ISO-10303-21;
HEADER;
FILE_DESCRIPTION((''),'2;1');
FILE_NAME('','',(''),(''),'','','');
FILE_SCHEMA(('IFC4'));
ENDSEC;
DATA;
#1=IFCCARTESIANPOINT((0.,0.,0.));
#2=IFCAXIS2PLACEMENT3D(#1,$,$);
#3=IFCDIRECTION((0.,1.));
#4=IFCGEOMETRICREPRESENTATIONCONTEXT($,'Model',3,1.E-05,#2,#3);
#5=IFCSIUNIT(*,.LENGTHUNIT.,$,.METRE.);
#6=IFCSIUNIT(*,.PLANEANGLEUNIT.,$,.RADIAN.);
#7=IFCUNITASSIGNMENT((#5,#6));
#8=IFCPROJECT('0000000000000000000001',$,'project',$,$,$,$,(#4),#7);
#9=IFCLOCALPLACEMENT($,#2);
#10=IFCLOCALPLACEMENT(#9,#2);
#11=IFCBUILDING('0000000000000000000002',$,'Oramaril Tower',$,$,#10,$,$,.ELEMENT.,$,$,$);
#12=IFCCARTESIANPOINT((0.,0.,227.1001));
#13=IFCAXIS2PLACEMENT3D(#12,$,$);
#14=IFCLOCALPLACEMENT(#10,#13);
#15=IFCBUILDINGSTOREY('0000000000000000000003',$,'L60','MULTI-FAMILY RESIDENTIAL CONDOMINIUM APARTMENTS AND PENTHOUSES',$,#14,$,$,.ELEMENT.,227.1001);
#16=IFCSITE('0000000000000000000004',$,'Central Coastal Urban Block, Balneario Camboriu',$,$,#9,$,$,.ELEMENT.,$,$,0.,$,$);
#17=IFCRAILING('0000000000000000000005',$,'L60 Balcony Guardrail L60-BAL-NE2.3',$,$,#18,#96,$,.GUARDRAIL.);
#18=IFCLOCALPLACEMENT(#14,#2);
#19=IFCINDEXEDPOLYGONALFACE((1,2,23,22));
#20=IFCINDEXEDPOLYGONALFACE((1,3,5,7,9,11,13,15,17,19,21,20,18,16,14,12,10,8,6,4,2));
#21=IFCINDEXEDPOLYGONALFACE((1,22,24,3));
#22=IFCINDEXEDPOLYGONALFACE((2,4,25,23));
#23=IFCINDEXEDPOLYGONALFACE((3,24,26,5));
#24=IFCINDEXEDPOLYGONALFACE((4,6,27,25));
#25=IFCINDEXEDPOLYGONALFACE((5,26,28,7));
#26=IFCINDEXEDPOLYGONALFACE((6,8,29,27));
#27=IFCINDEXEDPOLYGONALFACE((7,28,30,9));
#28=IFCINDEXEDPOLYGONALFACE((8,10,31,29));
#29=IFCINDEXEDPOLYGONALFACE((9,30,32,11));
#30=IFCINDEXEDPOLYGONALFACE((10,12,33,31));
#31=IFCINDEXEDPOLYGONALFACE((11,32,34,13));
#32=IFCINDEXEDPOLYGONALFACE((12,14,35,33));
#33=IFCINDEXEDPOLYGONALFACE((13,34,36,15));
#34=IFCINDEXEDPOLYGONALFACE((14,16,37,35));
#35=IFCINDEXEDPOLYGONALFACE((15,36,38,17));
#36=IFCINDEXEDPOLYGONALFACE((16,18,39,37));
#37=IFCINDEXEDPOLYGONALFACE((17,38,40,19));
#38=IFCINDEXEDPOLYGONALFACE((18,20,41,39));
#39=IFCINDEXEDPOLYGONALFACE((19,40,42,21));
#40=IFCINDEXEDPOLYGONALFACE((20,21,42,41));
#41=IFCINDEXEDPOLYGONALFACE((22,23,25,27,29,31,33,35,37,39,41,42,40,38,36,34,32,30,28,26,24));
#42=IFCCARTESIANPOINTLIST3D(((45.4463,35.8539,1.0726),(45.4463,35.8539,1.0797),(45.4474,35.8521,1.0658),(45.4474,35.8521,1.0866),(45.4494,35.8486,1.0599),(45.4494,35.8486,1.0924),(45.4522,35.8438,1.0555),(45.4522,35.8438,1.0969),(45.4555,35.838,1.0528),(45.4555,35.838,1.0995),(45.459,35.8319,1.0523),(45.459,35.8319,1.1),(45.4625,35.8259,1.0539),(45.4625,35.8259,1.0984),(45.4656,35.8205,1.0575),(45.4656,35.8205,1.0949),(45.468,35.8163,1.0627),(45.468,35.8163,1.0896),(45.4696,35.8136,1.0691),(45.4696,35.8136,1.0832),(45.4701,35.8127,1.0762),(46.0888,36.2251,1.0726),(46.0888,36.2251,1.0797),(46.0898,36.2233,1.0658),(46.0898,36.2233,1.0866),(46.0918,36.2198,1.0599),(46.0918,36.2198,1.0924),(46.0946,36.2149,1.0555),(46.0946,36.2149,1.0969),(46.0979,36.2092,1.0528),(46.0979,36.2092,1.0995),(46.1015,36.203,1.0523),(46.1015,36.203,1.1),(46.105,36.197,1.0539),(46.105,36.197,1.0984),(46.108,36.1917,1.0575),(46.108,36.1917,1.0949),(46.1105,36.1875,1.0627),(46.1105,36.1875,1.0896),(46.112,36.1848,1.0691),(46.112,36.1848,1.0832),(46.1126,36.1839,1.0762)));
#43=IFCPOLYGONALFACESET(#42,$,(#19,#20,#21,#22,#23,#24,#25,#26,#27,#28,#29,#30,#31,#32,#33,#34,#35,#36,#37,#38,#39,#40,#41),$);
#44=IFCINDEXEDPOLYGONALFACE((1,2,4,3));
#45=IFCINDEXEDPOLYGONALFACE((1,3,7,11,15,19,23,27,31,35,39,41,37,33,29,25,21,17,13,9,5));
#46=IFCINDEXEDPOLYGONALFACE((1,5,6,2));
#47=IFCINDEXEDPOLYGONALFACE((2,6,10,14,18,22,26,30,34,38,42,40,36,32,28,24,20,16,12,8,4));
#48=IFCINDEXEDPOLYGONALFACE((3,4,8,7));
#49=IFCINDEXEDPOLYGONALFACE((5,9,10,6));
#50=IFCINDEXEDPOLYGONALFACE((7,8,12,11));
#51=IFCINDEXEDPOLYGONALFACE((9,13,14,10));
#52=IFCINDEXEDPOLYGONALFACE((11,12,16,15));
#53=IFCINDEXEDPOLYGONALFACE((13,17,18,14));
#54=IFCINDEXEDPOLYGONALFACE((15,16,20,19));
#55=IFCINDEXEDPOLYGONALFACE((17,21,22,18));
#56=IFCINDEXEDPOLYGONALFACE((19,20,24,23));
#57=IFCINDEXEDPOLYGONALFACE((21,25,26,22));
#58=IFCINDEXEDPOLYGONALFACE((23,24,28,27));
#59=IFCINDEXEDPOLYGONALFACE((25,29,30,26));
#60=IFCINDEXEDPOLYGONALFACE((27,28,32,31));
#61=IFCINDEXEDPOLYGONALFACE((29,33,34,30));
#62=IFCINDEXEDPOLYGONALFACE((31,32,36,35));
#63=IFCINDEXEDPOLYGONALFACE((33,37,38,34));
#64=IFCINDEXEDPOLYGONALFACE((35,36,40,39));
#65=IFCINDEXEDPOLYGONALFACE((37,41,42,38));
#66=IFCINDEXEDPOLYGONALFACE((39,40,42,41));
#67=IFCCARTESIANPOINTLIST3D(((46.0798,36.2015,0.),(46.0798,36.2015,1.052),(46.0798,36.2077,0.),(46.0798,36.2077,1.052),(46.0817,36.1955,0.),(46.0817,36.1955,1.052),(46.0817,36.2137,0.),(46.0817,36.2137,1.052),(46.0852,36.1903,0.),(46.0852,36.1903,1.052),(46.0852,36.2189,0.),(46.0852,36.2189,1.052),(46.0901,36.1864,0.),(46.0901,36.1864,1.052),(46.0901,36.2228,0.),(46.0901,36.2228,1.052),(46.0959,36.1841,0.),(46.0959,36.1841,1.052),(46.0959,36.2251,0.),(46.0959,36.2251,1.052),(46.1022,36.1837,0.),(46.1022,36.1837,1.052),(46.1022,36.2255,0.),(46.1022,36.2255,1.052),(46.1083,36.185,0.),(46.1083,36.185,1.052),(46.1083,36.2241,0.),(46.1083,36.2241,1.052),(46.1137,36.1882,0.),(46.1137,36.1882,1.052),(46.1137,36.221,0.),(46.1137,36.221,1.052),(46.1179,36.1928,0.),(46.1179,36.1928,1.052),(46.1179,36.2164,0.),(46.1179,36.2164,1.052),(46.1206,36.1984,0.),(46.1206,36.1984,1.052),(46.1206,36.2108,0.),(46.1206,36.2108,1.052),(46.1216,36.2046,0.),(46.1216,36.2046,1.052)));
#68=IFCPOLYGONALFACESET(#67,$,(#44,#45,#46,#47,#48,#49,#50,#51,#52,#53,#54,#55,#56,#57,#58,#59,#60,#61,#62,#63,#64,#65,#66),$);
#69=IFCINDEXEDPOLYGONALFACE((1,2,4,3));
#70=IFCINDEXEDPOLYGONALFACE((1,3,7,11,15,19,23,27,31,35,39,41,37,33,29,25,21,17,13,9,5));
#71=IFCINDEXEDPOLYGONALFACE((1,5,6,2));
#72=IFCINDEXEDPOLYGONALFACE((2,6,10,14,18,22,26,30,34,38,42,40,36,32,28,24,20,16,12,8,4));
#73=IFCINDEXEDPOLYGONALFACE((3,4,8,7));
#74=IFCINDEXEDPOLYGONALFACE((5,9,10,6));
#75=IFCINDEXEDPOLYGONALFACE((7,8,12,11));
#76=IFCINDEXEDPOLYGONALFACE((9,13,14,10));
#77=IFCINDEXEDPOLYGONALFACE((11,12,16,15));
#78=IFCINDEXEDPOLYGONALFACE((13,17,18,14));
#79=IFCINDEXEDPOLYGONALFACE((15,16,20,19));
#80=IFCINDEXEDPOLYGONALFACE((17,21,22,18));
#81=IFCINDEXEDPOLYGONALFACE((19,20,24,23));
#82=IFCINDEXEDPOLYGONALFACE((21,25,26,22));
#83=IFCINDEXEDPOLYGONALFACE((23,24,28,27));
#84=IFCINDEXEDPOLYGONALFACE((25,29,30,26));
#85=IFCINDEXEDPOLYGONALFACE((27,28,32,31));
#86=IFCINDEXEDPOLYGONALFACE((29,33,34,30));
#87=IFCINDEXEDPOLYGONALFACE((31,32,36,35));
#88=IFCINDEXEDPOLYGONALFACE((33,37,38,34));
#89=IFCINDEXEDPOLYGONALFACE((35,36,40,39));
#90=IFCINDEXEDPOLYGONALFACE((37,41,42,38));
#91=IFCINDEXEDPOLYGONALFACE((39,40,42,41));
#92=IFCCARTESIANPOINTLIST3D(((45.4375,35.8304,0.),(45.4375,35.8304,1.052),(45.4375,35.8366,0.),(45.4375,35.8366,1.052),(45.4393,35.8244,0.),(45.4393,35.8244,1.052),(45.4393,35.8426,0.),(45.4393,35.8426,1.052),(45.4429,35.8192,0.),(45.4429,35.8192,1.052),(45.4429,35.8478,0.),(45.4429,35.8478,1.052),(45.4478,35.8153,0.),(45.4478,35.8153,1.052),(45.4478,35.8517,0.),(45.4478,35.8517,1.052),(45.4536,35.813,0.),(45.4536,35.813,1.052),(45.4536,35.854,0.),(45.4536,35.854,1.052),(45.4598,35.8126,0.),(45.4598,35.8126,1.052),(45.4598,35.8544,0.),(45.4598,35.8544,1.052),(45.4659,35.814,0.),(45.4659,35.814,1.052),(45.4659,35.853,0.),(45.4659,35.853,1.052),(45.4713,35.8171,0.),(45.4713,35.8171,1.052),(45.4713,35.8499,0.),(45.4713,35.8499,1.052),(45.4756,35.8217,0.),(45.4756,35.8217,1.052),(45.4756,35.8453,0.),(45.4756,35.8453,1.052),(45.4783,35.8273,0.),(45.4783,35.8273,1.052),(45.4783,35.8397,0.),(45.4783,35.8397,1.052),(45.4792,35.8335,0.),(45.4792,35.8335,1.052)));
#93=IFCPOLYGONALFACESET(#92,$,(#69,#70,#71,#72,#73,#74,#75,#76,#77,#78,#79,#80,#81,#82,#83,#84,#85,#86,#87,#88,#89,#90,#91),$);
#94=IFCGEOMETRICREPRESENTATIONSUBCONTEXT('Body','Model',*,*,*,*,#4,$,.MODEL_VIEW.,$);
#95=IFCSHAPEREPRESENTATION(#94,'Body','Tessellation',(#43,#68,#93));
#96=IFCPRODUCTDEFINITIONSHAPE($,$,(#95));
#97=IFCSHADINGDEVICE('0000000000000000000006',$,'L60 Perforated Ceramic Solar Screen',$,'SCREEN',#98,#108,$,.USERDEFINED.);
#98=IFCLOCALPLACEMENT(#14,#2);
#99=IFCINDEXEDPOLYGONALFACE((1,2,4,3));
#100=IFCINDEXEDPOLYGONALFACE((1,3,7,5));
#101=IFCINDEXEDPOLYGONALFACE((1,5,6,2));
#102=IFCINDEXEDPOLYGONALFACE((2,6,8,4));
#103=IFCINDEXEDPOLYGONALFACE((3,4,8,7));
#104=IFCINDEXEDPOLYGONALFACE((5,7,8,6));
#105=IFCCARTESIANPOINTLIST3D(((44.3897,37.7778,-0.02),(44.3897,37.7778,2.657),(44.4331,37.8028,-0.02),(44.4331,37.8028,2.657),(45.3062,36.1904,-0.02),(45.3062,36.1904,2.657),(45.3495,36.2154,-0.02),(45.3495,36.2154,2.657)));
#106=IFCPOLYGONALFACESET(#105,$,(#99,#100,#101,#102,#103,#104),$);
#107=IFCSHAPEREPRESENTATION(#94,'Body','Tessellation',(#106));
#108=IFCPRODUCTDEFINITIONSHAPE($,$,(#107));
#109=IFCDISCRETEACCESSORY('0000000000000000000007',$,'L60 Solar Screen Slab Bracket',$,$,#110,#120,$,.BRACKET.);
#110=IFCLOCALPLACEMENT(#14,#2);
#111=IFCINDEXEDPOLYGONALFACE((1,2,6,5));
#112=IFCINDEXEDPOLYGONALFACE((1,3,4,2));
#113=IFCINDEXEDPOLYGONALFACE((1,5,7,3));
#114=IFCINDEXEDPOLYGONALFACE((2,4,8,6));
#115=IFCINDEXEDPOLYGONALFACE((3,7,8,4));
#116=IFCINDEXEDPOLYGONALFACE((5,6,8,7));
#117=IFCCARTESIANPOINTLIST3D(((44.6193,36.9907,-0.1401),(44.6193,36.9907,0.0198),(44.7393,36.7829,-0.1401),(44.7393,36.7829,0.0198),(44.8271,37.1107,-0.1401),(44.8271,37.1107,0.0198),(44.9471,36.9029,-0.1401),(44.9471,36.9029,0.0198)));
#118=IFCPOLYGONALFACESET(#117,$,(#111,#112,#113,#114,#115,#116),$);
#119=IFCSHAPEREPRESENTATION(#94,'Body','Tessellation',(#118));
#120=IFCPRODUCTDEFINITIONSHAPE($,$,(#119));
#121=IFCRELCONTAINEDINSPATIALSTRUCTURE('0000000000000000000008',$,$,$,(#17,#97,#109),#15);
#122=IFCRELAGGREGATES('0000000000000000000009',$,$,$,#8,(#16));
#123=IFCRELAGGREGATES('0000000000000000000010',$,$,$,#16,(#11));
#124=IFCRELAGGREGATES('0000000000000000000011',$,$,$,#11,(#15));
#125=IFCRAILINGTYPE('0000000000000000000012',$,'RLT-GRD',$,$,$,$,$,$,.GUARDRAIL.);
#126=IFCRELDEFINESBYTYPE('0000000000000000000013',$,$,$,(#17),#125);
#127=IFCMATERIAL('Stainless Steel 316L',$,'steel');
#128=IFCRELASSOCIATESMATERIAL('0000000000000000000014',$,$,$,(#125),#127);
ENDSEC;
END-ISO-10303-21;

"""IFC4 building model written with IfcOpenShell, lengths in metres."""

from ifc_helpers import new_model, si_unit, direction, frame, origin, origin_2d, place, context, subcontext, project, spatial, rectangle, circle, extrude, material, type_object, element, save


model = new_model("IFC4")

# Units and contexts
model_context = context("Model", 3, precision=1e-05, world=origin(), true_north=direction((0.0, 1.0)))
body_context = subcontext(model_context, "Body", "Model", "MODEL_VIEW")
ifc_project = project(units=[si_unit("LENGTHUNIT", "METRE"), si_unit("PLANEANGLEUNIT", "RADIAN")], contexts=[model_context])

# Site, building, storey
site_placement = place(None, origin())
site = spatial("IfcSite", under=ifc_project, at=site_placement, Name="Central Coastal Urban Block, Balneario Camboriu", CompositionType="ELEMENT", RefElevation=0.0)
building_placement = place(site_placement, origin())
building = spatial("IfcBuilding", under=site, at=building_placement, Name="Oramaril Tower", CompositionType="ELEMENT")
storey_placement = place(building_placement, frame((0.0, 0.0, 227.1001)))
storey = spatial("IfcBuildingStorey", under=building, at=storey_placement, Name="L60", Description="MULTI-FAMILY RESIDENTIAL CONDOMINIUM APARTMENTS AND PENTHOUSES", CompositionType="ELEMENT", Elevation=227.1001)

# Railing
ifc_material_1 = material(Name="Stainless Steel 316L", Category="steel")
railing_type = type_object("IfcRailingType", Name="RLT-GRD", PredefinedType="GUARDRAIL", material=ifc_material_1)
railing_1_placement = place(storey_placement, frame((46.1006, 36.2046, 0.0)))
element("IfcRailing", 1, at=railing_1_placement, inside=storey, type_object=railing_type, Name="L60 Balcony Guardrail L60-BAL-NE2.3", PredefinedType="GUARDRAIL", context=body_context, shape_type="SweptSolid", body=[
    extrude(circle(Radius=0.0239, at=origin_2d()), frame((0.0, 0.0, 1.0762), z_axis=(-0.865884, -0.500245, 0.0), x_axis=(0.500245, -0.865884, 0.0)), (0.0, 0.0, 1.0), 0.7419),
    extrude(circle(Radius=0.021, at=origin_2d()), origin(), (0.0, 0.0, 1.0), 1.052),
    extrude(circle(Radius=0.021, at=origin_2d()), frame((-0.6423, -0.3711, 0.0)), (0.0, 0.0, 1.0), 1.052),
])

# Shading device
shading_device_placement = place(storey_placement, frame((44.8696, 36.9966, -0.02), z_axis=(0.0, 0.0, 1.0), x_axis=(-0.499995, 0.866028, 0.0)))
element("IfcShadingDevice", 2, at=shading_device_placement, inside=storey, Name="L60 Perforated Ceramic Solar Screen", ObjectType="SCREEN", PredefinedType="USERDEFINED", context=body_context, shape_type="SweptSolid", body=[
    extrude(rectangle(XDim=1.833, YDim=0.05, at=origin_2d()), origin(), (0.0, 0.0, 1.0), 2.677),
])

# Discrete accessory
discrete_accessory_placement = place(storey_placement, frame((44.7832, 36.9468, -0.1401), z_axis=(0.0, 0.0, 1.0), x_axis=(-0.499995, 0.866028, 0.0)))
element("IfcDiscreteAccessory", 3, at=discrete_accessory_placement, inside=storey, Name="L60 Solar Screen Slab Bracket", PredefinedType="BRACKET", context=body_context, shape_type="SweptSolid", body=[
    extrude(rectangle(XDim=0.24, YDim=0.24, at=origin_2d()), origin(), (0.0, 0.0, 1.0), 0.1599),
])

save(model, "model.ifc")
